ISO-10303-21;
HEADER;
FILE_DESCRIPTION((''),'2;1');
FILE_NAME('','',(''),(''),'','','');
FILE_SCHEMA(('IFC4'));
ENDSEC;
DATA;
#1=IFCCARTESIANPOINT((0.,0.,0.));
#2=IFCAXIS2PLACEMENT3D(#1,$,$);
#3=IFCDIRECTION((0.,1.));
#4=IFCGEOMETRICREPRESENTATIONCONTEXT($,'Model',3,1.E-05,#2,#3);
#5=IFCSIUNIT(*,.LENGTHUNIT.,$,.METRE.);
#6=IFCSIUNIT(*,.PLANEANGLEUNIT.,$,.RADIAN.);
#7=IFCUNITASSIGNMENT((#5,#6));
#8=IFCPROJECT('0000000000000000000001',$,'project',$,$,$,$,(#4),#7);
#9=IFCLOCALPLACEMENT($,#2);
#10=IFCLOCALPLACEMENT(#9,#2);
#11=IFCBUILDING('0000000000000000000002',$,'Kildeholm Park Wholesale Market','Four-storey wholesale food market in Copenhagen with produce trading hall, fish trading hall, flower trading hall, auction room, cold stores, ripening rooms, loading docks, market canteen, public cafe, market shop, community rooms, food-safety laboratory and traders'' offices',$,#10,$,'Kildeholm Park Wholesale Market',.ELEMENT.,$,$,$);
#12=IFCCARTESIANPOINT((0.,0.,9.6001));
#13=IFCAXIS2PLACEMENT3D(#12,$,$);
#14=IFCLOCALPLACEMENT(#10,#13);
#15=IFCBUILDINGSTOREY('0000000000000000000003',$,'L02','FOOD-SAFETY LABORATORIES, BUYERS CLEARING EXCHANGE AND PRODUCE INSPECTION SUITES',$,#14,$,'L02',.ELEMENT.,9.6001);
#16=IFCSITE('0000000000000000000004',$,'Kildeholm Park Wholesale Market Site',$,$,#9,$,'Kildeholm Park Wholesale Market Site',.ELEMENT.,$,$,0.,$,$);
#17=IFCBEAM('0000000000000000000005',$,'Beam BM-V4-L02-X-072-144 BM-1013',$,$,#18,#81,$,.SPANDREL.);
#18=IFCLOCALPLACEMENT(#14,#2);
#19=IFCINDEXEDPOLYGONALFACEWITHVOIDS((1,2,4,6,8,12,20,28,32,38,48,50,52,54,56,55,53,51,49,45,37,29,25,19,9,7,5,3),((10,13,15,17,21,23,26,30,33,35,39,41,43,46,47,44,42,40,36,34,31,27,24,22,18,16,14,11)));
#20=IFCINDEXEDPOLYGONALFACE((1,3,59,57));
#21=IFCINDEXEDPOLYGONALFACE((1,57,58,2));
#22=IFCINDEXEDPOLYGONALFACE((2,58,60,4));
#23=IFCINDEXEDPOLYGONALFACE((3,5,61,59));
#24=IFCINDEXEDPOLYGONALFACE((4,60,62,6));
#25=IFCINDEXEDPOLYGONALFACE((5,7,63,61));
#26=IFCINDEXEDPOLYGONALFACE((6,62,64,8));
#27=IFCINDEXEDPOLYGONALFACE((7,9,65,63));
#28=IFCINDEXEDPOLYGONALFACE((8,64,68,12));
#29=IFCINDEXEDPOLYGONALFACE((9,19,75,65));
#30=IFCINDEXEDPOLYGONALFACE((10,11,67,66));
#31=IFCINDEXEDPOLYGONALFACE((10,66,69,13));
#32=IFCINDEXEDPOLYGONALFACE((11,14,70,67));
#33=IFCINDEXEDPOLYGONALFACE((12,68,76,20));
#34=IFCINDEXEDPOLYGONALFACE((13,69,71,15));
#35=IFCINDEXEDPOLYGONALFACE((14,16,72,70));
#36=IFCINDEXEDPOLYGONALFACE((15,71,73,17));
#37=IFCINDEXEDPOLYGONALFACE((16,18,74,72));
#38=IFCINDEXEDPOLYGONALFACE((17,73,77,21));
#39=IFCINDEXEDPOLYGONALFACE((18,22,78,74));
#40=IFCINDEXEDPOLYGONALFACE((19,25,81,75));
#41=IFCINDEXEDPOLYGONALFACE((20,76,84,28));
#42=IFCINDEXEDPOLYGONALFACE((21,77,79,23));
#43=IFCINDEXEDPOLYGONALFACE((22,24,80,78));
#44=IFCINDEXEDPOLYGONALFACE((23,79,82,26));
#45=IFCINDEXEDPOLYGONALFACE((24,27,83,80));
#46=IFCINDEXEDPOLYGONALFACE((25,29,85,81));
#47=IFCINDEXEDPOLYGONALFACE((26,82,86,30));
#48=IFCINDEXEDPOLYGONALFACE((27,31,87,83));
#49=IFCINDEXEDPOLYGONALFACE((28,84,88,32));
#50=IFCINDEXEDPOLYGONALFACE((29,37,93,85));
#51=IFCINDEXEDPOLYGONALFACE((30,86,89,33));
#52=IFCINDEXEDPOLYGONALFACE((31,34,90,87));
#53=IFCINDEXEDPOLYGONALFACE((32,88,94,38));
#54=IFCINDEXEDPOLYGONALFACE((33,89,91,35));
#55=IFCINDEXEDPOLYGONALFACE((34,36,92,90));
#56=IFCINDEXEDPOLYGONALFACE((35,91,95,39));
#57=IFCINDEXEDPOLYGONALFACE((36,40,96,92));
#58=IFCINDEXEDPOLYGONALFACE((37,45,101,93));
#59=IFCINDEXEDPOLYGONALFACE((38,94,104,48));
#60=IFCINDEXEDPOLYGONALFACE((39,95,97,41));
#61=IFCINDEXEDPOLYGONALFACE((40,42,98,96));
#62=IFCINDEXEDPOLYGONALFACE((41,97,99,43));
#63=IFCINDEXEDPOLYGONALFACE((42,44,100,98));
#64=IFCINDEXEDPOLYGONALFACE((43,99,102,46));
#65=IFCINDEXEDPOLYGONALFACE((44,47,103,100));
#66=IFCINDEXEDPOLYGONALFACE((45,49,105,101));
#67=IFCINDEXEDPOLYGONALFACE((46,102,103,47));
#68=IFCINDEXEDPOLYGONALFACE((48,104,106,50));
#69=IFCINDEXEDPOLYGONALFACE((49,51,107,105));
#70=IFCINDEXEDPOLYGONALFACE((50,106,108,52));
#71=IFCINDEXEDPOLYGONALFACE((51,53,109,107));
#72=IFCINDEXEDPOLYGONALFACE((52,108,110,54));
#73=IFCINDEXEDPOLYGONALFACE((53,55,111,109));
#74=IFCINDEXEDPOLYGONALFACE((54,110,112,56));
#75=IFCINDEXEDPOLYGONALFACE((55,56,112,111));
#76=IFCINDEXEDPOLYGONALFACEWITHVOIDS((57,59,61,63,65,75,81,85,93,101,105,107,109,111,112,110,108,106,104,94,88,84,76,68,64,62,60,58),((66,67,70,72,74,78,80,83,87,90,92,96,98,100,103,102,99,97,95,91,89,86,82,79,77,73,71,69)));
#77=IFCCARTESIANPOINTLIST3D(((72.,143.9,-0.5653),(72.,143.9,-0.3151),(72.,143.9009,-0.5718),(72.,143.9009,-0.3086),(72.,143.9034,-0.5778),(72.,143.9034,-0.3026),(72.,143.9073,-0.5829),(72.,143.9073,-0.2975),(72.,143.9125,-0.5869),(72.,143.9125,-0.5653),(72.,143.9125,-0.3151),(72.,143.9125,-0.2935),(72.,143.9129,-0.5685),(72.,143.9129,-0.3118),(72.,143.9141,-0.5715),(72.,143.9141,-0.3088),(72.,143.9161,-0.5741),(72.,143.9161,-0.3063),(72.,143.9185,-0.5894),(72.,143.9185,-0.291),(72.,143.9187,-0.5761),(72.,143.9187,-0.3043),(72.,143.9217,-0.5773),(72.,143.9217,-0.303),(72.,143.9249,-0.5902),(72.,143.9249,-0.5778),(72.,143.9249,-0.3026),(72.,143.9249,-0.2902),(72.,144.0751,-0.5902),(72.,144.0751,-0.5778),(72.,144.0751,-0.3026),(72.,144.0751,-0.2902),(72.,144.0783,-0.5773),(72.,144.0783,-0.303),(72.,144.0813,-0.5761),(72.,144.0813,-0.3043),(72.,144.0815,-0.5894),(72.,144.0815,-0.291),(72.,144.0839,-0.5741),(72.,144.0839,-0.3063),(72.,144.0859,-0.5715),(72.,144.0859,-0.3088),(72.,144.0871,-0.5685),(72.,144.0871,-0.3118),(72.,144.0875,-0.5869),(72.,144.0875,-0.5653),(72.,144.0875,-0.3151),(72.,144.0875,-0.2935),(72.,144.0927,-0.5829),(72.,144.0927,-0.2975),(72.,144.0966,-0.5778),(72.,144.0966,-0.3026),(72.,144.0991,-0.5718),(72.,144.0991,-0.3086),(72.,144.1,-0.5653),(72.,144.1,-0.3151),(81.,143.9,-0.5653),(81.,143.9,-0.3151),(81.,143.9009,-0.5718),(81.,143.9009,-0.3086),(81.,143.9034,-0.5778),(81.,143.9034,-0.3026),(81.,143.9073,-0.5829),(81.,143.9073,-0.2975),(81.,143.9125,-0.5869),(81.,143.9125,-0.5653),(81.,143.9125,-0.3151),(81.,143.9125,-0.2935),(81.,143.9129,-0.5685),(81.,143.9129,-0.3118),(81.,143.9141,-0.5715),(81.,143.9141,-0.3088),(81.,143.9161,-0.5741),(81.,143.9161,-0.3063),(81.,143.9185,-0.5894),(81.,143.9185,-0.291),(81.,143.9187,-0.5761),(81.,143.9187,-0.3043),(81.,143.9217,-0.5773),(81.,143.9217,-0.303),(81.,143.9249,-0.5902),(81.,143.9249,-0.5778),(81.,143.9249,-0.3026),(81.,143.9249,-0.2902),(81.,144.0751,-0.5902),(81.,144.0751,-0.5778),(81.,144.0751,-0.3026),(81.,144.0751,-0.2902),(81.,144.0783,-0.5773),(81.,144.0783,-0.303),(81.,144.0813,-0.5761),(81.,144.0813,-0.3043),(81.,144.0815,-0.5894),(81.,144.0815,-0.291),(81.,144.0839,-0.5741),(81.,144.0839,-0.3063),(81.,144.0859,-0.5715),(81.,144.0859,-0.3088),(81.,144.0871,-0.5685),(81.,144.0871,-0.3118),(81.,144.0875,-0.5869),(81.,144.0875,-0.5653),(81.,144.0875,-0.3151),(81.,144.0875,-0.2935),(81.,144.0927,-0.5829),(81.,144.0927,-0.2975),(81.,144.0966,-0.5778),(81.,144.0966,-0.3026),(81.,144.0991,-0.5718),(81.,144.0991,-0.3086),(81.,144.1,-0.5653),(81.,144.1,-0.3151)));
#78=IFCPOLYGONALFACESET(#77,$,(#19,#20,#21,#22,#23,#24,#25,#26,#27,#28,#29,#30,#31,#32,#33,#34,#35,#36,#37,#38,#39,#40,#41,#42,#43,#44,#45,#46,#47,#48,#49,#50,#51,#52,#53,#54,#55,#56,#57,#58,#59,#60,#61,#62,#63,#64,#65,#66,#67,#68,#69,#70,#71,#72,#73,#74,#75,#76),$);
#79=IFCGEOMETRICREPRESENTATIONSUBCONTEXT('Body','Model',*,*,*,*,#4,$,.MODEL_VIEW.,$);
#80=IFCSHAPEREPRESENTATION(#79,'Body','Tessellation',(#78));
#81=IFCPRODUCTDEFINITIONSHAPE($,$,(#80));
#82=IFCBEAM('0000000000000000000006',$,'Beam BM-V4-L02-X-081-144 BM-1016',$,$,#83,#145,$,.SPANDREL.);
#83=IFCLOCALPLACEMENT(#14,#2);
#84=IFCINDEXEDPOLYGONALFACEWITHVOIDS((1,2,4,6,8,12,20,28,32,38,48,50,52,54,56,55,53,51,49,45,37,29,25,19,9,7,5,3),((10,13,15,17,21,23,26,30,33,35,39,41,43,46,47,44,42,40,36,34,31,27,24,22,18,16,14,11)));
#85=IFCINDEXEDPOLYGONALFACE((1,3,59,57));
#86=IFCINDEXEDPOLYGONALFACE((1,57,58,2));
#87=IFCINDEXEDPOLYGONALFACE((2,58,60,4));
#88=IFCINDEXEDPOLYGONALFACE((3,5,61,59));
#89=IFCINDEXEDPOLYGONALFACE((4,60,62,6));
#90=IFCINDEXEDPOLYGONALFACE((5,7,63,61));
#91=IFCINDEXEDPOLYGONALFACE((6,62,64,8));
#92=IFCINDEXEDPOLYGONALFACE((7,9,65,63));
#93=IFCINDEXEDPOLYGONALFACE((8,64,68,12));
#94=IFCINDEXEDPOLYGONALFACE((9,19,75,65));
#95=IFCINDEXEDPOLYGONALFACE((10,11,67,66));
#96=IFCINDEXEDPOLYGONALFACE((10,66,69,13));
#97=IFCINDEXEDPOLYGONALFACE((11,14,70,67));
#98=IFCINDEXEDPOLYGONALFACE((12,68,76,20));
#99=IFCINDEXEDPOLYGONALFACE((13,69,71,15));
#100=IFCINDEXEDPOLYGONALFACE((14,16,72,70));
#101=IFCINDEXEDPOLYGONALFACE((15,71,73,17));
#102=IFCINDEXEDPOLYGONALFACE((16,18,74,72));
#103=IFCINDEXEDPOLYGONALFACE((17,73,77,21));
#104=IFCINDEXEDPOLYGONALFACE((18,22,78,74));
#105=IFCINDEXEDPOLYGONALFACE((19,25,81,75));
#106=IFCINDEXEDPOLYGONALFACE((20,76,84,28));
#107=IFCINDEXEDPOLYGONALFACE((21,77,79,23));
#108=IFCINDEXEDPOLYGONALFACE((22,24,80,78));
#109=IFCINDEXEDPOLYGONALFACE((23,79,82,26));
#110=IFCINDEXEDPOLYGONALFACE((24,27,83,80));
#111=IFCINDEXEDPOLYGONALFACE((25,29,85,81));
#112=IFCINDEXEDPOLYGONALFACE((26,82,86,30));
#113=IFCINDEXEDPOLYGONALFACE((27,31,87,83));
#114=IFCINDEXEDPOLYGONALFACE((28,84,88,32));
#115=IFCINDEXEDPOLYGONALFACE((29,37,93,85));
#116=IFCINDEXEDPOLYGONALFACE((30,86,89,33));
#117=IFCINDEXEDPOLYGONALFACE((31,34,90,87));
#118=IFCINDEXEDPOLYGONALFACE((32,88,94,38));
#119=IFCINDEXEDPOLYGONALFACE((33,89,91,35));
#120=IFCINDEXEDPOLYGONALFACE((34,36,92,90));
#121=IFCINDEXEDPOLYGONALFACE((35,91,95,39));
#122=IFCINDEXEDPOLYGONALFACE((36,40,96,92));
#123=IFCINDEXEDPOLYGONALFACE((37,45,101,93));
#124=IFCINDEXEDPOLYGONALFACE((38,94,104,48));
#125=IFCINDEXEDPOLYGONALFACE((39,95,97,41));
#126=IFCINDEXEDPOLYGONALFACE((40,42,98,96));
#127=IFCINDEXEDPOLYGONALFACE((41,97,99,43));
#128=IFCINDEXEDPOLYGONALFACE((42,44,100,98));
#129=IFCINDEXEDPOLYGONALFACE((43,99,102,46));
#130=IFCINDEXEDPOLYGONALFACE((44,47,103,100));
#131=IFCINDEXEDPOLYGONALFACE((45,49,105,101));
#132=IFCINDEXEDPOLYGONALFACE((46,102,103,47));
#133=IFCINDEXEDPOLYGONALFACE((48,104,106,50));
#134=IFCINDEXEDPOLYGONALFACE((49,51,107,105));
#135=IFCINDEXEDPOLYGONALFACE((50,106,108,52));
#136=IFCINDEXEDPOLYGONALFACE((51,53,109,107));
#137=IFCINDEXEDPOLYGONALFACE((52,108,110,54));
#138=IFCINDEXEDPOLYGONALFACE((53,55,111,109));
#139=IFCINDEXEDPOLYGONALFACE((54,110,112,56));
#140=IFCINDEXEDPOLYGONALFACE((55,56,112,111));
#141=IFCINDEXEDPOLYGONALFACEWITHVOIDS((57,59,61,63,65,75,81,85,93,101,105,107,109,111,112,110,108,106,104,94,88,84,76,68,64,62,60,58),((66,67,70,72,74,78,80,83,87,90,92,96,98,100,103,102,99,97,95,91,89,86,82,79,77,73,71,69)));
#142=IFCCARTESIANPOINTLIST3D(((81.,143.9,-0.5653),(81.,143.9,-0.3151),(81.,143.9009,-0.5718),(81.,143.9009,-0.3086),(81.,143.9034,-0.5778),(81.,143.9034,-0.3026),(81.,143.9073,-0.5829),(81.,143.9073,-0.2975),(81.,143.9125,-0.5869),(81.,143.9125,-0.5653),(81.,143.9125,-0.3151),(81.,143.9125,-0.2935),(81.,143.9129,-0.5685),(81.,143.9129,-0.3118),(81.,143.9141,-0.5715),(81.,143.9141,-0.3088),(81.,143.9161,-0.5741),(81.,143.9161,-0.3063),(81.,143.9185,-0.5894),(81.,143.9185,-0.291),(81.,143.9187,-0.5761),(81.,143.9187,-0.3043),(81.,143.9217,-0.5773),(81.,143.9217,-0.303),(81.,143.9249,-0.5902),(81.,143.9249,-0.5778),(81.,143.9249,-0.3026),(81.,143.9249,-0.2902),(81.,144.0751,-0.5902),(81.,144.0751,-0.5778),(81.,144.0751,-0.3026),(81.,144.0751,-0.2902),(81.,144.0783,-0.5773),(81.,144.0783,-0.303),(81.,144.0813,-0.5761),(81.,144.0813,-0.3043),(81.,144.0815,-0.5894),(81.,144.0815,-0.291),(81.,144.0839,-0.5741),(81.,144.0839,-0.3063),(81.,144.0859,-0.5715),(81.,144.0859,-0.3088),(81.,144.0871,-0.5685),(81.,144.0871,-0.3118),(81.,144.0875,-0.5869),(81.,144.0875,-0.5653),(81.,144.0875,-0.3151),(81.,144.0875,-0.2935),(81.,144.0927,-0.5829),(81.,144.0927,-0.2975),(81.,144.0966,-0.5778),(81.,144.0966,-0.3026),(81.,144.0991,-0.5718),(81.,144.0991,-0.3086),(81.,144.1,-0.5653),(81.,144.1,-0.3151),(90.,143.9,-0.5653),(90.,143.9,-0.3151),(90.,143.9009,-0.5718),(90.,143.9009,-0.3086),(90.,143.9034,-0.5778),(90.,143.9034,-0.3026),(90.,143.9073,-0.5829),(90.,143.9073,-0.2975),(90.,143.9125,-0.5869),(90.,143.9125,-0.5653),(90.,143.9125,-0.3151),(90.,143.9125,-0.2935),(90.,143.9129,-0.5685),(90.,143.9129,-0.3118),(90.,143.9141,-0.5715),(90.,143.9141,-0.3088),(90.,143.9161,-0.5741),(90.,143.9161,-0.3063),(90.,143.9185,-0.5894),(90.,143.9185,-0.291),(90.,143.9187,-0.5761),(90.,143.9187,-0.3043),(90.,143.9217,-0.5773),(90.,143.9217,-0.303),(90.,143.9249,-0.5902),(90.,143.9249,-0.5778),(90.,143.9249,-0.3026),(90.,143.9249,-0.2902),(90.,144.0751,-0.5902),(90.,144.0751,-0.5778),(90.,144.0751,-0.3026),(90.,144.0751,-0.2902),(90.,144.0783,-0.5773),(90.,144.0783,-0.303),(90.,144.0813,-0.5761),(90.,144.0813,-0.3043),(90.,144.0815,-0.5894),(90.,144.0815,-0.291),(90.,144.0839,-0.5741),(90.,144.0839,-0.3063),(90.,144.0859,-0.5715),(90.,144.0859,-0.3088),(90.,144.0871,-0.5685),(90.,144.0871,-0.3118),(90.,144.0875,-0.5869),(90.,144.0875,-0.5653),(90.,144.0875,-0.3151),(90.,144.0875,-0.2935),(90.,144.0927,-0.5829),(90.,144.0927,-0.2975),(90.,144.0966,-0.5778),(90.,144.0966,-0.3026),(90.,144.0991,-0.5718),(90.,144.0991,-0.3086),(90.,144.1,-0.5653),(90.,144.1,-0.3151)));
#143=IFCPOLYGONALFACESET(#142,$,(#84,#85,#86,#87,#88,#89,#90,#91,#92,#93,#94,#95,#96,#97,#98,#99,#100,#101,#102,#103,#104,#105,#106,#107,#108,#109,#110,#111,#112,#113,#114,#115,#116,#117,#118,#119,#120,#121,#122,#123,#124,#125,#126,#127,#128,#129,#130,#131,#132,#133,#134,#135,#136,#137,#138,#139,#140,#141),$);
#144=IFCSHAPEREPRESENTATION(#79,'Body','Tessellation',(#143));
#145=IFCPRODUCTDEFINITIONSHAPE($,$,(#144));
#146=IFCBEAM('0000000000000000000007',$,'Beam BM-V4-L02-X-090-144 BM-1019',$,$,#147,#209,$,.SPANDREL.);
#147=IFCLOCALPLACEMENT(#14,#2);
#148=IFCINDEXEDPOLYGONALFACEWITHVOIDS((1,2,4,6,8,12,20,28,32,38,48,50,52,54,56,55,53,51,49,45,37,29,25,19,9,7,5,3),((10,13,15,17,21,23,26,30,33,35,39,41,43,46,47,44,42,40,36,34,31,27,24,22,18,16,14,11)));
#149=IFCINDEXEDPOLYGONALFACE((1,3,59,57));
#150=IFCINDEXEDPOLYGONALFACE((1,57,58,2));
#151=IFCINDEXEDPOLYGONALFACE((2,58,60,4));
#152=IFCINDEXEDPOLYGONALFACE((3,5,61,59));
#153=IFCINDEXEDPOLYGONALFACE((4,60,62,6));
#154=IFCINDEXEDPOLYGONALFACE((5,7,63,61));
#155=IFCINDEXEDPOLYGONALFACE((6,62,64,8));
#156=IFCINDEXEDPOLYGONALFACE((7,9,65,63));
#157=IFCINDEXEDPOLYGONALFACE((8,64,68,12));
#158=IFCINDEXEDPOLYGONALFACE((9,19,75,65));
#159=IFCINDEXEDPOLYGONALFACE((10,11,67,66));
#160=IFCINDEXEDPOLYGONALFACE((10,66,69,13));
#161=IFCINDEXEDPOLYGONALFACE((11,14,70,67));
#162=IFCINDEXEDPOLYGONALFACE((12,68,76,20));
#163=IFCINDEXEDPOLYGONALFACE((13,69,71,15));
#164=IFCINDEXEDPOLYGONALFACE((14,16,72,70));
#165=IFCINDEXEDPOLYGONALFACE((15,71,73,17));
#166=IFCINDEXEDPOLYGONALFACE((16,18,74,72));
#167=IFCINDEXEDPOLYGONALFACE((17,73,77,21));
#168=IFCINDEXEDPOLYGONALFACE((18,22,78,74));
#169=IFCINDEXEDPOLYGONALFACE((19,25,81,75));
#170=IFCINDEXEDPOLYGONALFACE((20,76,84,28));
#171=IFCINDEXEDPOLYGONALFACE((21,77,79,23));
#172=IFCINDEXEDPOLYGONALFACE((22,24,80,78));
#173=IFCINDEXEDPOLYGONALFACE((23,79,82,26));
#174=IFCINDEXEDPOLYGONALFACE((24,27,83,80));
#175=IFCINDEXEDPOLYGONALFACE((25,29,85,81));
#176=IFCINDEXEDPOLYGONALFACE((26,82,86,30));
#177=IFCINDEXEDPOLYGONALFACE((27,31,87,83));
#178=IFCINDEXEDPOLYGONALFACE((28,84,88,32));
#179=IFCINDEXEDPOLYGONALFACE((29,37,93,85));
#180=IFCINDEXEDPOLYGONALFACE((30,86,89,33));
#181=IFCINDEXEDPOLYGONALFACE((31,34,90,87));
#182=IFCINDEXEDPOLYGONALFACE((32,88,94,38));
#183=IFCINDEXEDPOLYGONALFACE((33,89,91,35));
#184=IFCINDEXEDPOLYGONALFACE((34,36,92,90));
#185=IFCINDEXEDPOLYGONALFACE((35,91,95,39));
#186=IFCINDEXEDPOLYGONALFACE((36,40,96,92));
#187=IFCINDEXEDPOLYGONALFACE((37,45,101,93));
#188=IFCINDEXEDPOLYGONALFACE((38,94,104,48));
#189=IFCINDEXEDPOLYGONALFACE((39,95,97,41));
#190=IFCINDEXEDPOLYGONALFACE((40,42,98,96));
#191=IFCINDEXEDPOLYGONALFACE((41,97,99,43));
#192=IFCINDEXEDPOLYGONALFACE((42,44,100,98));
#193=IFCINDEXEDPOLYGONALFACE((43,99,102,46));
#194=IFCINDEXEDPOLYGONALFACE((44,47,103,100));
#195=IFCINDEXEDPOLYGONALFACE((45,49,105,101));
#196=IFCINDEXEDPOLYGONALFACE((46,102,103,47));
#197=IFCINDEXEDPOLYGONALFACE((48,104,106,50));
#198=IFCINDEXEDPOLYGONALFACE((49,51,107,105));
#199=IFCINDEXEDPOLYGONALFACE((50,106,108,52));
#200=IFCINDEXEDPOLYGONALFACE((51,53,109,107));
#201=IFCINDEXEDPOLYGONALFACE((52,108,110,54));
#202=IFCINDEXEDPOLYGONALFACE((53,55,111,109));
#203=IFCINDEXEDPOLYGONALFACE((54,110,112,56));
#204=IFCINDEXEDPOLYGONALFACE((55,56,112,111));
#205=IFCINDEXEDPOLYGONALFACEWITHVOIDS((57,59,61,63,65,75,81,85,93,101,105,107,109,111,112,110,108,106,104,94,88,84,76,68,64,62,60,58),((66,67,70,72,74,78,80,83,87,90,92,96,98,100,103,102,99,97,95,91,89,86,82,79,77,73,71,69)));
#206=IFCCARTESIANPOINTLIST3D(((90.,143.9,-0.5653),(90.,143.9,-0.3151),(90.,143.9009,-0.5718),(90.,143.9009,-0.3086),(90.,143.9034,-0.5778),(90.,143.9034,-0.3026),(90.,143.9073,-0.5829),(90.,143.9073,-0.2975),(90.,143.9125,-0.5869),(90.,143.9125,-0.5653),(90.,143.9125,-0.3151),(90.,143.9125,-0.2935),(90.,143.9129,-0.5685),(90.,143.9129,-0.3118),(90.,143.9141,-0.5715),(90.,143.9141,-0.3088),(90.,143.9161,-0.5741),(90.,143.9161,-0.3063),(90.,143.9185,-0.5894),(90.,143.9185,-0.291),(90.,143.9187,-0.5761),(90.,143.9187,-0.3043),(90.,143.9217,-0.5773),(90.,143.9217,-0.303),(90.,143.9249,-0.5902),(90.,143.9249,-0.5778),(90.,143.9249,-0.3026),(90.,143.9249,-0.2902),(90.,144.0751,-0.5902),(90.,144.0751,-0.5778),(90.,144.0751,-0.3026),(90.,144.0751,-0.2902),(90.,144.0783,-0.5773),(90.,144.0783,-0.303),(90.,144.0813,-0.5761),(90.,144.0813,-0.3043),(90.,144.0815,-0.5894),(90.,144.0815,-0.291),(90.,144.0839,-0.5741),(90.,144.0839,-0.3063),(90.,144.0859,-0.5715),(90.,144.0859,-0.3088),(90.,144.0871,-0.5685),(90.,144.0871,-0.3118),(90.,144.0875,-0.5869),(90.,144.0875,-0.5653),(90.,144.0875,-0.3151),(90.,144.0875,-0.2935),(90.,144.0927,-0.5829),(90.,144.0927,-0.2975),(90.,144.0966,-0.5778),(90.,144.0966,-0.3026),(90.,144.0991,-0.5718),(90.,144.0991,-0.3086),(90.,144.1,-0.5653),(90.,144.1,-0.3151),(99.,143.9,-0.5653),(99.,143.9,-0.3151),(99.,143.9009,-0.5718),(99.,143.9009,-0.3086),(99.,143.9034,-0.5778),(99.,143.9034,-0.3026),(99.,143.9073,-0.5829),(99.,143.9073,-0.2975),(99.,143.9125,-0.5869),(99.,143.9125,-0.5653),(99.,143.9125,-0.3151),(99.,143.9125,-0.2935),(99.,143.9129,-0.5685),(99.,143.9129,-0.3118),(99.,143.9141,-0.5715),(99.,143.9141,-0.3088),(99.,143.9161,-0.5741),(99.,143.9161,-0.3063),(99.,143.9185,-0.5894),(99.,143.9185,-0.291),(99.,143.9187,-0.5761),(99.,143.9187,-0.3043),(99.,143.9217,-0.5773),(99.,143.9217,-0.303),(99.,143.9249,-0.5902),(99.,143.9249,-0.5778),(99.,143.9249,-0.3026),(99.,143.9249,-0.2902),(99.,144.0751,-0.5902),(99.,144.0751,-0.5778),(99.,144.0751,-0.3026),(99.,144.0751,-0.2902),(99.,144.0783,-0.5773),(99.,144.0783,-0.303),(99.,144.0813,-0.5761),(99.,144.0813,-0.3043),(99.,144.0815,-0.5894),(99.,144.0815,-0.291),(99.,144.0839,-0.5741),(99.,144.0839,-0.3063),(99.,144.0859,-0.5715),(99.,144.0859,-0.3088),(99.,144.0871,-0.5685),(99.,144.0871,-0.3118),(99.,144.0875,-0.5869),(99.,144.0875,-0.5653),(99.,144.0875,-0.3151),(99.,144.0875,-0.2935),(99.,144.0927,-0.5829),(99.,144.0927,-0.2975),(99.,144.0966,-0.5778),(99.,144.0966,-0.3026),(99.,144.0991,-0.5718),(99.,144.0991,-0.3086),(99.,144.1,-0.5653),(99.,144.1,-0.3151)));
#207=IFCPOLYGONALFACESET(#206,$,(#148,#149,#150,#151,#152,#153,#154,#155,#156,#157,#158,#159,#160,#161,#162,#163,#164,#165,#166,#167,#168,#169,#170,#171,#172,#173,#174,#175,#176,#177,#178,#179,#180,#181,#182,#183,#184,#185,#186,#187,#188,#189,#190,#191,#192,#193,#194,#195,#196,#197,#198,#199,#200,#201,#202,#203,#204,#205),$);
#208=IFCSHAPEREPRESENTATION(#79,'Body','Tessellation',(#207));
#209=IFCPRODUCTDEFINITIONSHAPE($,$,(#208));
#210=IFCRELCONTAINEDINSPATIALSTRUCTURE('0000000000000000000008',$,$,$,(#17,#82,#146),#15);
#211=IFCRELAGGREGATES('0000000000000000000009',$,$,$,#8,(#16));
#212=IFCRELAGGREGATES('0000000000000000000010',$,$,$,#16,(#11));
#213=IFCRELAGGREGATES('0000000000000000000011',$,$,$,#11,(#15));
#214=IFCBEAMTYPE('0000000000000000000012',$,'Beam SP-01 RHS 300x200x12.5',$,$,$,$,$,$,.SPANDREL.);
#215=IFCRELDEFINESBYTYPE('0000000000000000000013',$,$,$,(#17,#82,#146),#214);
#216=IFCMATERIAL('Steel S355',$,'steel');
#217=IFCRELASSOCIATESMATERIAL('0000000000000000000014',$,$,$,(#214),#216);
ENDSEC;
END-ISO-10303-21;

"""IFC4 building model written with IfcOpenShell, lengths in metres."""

from ifc_helpers import new_model, si_unit, direction, frame, origin, origin_2d, place, context, subcontext, project, spatial, hollow_rectangle, extrude, material, material_profile, profile_set, type_object, element, save


model = new_model("IFC4")

# Units and contexts
model_context = context("Model", 3, precision=1e-05, world=origin(), true_north=direction((0.0, 1.0)))
body_context = subcontext(model_context, "Body", "Model", "MODEL_VIEW")
ifc_project = project(units=[si_unit("LENGTHUNIT", "METRE"), si_unit("PLANEANGLEUNIT", "RADIAN")], contexts=[model_context])

# Site, building, storey
site_placement = place(None, origin())
site = spatial("IfcSite", under=ifc_project, at=site_placement, Name="Kildeholm Park Wholesale Market Site", LongName="Kildeholm Park Wholesale Market Site", CompositionType="ELEMENT", RefElevation=0.0)
building_placement = place(site_placement, origin())
building = spatial("IfcBuilding", under=site, at=building_placement, Name="Kildeholm Park Wholesale Market", Description="Four-storey wholesale food market in Copenhagen with produce trading hall, fish trading hall, flower trading hall, auction room, cold stores, ripening rooms, loading docks, market canteen, public cafe, market shop, community rooms, food-safety laboratory and traders' offices", LongName="Kildeholm Park Wholesale Market", CompositionType="ELEMENT")
storey_placement = place(building_placement, frame((0.0, 0.0, 9.6001)))
storey = spatial("IfcBuildingStorey", under=building, at=storey_placement, Name="L02", Description="FOOD-SAFETY LABORATORIES, BUYERS CLEARING EXCHANGE AND PRODUCE INSPECTION SUITES", LongName="L02", CompositionType="ELEMENT", Elevation=9.6001)

# Beams
ifc_material_1 = material(Name="Steel S355", Category="steel")
ifc_material_profile_1 = material_profile(ifc_material_1, hollow_rectangle(XDim=0.2, YDim=0.3, WallThickness=0.0125, InnerFilletRadius=0.0125, OuterFilletRadius=0.0249, at=origin_2d()), Name="RHS 300x200x12.5")
ifc_profile_set_1 = profile_set([ifc_material_profile_1], Name="Steel S355")
beam_type_1 = type_object("IfcBeamType", Name="Beam SP-01 RHS 300x200x12.5", PredefinedType="SPANDREL", material=ifc_profile_set_1)
for number, where, z_axis, x_axis, name in (
    (1, (72.0, 144.0, -0.4402), (1.0, 0.0, 0.0), (0.0, 1.0, 0.0), "Beam BM-V4-L02-X-072-144 BM-1013"),
    (2, (81.0, 144.0, -0.4402), (1.0, 0.0, 0.0), (0.0, 1.0, 0.0), "Beam BM-V4-L02-X-081-144 BM-1016"),
    (3, (90.0, 144.0, -0.4402), (1.0, 0.0, 0.0), (0.0, 1.0, 0.0), "Beam BM-V4-L02-X-090-144 BM-1019"),
):
    element("IfcBeam", number, at=place(storey_placement, frame(where, z_axis=z_axis, x_axis=x_axis)), inside=storey, type_object=beam_type_1, Name=name, PredefinedType="SPANDREL", context=body_context, shape_type="SweptSolid", body=[
        extrude(hollow_rectangle(XDim=0.2, YDim=0.3, WallThickness=0.0125, InnerFilletRadius=0.0125, OuterFilletRadius=0.0249, at=origin_2d()), origin(), (0.0, 0.0, 1.0), 9.0),
    ])

save(model, "model.ifc")
